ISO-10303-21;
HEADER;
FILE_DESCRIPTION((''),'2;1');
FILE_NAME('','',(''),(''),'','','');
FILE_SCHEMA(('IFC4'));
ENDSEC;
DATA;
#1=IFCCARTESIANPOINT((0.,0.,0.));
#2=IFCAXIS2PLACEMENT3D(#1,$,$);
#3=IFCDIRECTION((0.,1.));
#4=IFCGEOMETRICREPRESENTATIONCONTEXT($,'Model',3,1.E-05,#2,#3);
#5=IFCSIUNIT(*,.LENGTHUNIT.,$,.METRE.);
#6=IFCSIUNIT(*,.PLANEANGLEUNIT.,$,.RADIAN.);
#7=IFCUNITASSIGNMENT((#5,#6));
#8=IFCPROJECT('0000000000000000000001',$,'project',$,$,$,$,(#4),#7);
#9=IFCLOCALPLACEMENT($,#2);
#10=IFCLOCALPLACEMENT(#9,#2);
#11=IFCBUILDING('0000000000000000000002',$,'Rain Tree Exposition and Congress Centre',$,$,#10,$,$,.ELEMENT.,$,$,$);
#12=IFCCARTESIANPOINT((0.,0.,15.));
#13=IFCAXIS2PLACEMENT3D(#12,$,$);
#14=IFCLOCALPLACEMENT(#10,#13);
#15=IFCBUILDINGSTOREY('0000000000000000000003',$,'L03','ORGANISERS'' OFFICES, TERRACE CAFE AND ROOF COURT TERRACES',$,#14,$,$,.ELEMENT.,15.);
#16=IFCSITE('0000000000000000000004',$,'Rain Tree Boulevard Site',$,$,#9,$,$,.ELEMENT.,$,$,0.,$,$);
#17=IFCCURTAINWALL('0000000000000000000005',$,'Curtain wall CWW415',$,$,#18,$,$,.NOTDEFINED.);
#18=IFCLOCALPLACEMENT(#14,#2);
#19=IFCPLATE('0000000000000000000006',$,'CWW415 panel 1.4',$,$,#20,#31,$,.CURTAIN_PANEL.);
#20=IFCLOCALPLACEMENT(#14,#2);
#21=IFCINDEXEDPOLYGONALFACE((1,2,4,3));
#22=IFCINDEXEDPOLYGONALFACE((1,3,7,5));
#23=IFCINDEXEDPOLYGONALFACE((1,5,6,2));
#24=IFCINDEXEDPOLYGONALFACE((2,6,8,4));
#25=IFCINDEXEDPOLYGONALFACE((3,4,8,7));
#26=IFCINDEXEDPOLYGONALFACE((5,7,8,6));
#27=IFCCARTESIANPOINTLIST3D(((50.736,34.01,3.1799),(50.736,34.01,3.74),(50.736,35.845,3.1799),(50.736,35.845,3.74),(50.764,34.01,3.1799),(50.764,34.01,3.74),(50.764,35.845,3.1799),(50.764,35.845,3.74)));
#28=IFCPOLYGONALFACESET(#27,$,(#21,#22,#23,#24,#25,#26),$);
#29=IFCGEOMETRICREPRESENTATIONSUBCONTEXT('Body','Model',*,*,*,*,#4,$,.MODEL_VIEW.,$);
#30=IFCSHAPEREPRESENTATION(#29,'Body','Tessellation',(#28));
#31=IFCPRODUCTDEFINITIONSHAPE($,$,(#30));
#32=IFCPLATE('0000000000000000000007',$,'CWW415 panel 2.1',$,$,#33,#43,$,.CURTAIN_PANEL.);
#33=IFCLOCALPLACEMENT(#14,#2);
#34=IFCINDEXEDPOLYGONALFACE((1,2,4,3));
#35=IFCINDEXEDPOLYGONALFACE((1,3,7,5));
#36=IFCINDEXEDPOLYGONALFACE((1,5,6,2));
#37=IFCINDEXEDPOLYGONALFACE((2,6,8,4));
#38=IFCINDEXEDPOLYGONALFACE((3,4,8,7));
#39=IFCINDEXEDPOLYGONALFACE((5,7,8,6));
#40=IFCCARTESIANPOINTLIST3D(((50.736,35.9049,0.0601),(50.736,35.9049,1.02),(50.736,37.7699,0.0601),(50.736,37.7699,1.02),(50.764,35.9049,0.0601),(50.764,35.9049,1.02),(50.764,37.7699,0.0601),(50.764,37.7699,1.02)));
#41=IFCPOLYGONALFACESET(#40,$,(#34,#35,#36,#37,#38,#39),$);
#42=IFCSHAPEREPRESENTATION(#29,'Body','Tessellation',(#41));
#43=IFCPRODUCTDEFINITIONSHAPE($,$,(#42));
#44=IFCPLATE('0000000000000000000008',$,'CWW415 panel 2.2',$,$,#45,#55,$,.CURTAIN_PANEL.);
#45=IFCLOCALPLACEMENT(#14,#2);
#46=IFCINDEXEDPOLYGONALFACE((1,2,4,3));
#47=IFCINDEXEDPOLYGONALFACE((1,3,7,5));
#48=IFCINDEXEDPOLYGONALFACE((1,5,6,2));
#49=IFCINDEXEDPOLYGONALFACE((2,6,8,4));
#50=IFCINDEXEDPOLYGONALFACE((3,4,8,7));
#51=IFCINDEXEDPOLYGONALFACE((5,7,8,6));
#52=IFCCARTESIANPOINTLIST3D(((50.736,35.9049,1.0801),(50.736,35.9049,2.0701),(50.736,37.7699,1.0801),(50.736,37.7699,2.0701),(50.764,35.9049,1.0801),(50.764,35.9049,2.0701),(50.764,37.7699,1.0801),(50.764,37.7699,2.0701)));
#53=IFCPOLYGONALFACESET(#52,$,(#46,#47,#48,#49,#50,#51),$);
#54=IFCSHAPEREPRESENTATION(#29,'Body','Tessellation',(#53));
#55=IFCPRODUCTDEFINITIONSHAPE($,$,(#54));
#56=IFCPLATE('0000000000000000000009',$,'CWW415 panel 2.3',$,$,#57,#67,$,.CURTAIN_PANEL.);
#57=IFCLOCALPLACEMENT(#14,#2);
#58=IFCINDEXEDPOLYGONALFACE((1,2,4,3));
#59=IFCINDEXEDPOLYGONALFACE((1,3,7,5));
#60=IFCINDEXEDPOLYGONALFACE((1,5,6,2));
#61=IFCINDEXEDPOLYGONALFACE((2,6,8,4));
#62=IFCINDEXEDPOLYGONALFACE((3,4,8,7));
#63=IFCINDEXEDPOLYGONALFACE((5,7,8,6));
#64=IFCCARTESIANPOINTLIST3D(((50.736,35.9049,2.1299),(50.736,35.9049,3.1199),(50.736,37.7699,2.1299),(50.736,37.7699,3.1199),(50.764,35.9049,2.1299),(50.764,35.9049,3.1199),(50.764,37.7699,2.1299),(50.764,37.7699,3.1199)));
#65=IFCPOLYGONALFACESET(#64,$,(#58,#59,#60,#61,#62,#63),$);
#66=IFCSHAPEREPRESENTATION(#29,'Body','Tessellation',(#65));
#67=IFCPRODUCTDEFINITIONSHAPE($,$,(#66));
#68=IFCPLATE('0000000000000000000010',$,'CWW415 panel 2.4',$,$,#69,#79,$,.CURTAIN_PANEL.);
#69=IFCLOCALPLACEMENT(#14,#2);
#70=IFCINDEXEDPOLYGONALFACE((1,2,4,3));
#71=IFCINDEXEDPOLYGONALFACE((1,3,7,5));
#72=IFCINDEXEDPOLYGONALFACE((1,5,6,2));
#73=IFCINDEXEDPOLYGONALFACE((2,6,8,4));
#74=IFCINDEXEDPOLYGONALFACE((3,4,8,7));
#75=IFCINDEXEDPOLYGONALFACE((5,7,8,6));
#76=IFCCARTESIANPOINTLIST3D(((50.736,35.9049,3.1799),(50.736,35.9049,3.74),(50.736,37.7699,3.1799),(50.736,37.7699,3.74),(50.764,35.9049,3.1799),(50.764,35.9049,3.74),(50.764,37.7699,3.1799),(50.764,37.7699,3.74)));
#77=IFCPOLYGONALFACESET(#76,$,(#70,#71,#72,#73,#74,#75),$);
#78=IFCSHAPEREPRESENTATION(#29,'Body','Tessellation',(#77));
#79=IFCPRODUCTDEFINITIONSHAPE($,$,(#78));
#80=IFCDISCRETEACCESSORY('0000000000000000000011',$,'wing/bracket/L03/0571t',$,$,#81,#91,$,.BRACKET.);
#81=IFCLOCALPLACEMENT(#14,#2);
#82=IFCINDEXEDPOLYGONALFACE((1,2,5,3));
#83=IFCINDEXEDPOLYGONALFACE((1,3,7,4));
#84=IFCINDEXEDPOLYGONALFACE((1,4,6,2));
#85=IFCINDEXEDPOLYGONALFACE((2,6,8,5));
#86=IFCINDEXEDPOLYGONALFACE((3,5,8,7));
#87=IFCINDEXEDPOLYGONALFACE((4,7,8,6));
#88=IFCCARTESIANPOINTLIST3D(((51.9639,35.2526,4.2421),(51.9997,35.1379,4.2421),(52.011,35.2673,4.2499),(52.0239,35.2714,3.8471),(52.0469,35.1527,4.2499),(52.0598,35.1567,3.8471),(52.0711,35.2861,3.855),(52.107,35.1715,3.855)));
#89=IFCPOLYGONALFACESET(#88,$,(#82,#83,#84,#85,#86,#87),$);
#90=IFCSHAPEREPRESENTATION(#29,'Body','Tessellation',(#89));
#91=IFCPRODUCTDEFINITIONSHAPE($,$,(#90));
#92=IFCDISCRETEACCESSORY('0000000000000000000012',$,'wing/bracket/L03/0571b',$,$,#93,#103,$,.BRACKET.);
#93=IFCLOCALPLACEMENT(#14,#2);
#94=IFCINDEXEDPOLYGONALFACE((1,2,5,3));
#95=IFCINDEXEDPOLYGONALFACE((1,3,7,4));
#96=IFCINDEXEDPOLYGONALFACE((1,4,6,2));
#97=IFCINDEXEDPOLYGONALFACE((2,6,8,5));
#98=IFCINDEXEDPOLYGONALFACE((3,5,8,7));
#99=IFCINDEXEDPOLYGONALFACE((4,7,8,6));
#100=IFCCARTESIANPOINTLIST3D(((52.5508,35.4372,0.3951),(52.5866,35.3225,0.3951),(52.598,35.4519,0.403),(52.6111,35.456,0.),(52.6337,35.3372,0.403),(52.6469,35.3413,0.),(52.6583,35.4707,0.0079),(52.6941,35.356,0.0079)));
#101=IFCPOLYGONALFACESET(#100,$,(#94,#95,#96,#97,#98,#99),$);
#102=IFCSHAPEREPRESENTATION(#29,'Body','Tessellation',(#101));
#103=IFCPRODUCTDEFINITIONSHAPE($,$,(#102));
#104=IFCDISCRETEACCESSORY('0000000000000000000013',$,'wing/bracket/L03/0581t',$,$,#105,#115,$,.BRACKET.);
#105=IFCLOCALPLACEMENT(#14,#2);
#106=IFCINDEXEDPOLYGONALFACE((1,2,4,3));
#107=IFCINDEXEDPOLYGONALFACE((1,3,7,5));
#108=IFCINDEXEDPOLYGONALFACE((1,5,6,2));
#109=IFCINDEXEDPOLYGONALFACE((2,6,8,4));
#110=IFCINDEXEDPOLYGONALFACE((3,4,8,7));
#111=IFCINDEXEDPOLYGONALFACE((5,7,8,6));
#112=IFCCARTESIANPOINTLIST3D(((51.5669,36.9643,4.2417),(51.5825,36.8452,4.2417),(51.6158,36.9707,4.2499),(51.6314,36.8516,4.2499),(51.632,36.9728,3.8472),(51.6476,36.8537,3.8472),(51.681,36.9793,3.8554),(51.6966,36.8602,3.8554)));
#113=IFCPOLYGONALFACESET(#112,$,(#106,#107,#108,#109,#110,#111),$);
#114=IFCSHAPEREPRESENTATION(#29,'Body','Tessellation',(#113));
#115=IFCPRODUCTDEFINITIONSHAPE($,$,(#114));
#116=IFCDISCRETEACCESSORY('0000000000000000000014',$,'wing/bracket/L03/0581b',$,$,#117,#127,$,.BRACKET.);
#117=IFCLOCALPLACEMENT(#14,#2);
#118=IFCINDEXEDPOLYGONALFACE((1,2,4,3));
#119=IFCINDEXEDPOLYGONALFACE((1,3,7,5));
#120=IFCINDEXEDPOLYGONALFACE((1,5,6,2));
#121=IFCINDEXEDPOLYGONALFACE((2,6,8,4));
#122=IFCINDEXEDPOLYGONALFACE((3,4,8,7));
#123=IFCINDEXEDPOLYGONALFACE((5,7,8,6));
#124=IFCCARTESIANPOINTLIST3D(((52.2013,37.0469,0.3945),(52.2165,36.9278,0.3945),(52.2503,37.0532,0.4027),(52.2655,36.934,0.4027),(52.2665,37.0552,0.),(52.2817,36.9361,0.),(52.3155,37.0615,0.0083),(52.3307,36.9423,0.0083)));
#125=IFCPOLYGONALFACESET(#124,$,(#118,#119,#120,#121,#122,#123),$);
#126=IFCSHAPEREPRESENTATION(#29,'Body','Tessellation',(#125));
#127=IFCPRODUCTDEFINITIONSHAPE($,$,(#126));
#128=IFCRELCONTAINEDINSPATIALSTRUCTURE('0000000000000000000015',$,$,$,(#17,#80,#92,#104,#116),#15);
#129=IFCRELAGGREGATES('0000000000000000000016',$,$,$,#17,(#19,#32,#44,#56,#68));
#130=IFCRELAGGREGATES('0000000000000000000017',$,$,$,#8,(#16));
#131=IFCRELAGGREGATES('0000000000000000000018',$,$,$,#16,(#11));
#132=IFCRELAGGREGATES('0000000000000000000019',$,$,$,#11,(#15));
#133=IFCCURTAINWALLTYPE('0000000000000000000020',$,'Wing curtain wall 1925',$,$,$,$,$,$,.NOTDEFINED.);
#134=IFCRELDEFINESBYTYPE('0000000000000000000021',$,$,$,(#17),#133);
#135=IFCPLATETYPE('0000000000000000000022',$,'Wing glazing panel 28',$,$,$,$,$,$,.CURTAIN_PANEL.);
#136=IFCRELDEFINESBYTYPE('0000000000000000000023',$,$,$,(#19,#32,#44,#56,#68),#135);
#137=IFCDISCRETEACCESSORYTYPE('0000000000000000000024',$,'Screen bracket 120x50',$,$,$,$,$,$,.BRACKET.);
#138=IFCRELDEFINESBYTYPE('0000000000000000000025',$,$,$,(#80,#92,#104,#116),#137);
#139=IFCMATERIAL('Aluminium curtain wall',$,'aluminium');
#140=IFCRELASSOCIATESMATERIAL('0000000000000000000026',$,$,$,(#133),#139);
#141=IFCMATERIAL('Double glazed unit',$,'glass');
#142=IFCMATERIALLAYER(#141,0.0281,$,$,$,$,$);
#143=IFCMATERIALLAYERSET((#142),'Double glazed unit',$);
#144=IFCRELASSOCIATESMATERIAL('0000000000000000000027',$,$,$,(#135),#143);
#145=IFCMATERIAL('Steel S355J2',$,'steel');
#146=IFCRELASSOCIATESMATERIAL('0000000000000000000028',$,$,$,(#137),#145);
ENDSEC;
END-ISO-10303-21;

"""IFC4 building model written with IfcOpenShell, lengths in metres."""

from ifc_helpers import new_model, si_unit, direction, frame, origin, origin_2d, place, context, subcontext, project, spatial, rectangle, extrude, material, layer, layer_set, material_profile, profile_set, type_object, element, aggregate, save


model = new_model("IFC4")

# Units and contexts
model_context = context("Model", 3, precision=1e-05, world=origin(), true_north=direction((0.0, 1.0)))
body_context = subcontext(model_context, "Body", "Model", "MODEL_VIEW")
ifc_project = project(units=[si_unit("LENGTHUNIT", "METRE"), si_unit("PLANEANGLEUNIT", "RADIAN")], contexts=[model_context])

# Site, building, storey
site_placement = place(None, origin())
site = spatial("IfcSite", under=ifc_project, at=site_placement, Name="Rain Tree Boulevard Site", CompositionType="ELEMENT", RefElevation=0.0)
building_placement = place(site_placement, origin())
building = spatial("IfcBuilding", under=site, at=building_placement, Name="Rain Tree Exposition and Congress Centre", CompositionType="ELEMENT")
storey_placement = place(building_placement, frame((0.0, 0.0, 15.0)))
storey = spatial("IfcBuildingStorey", under=building, at=storey_placement, Name="L03", Description="ORGANISERS' OFFICES, TERRACE CAFE AND ROOF COURT TERRACES", CompositionType="ELEMENT", Elevation=15.0)

# Curtain wall, plates
ifc_material_1 = material(Name="Aluminium curtain wall", Category="aluminium")
curtain_wall_type = type_object("IfcCurtainWallType", Name="Wing curtain wall 1925", PredefinedType="NOTDEFINED", material=ifc_material_1)
curtain_wall_placement = place(storey_placement, origin())
curtain_wall = element("IfcCurtainWall", 1, at=curtain_wall_placement, inside=storey, type_object=curtain_wall_type, Name="Curtain wall CWW415", PredefinedType="NOTDEFINED")
ifc_material_2 = material(Name="Double glazed unit", Category="glass")
ifc_layer_1 = layer(ifc_material_2, 0.0281)
ifc_layer_set_1 = layer_set([ifc_layer_1], Name="Double glazed unit")
plate_type = type_object("IfcPlateType", Name="Wing glazing panel 28", PredefinedType="CURTAIN_PANEL", material=ifc_layer_set_1)
plate_1_placement = place(storey_placement, frame((50.75, 34.9275, 3.1799), z_axis=(0.0, 0.0, 1.0), x_axis=(0.0, 1.0, 0.0)))
plate_1 = element("IfcPlate", 2, at=plate_1_placement, type_object=plate_type, Name="CWW415 panel 1.4", PredefinedType="CURTAIN_PANEL", context=body_context, shape_type="SweptSolid", body=[
    extrude(rectangle(XDim=1.835, YDim=0.0281, at=origin_2d()), origin(), (0.0, 0.0, 1.0), 0.5601),
])
plate_2_placement = place(storey_placement, frame((50.75, 36.8374, 0.0601), z_axis=(0.0, 0.0, 1.0), x_axis=(0.0, 1.0, 0.0)))
plate_2 = element("IfcPlate", 3, at=plate_2_placement, type_object=plate_type, Name="CWW415 panel 2.1", PredefinedType="CURTAIN_PANEL", context=body_context, shape_type="SweptSolid", body=[
    extrude(rectangle(XDim=1.865, YDim=0.0281, at=origin_2d()), origin(), (0.0, 0.0, 1.0), 0.96),
])
plate_3_placement = place(storey_placement, frame((50.75, 36.8374, 1.0801), z_axis=(0.0, 0.0, 1.0), x_axis=(0.0, 1.0, 0.0)))
plate_3 = element("IfcPlate", 4, at=plate_3_placement, type_object=plate_type, Name="CWW415 panel 2.2", PredefinedType="CURTAIN_PANEL", context=body_context, shape_type="SweptSolid", body=[
    extrude(rectangle(XDim=1.865, YDim=0.0281, at=origin_2d()), origin(), (0.0, 0.0, 1.0), 0.99),
])
plate_4_placement = place(storey_placement, frame((50.75, 36.8374, 2.1299), z_axis=(0.0, 0.0, 1.0), x_axis=(0.0, 1.0, 0.0)))
plate_4 = element("IfcPlate", 5, at=plate_4_placement, type_object=plate_type, Name="CWW415 panel 2.3", PredefinedType="CURTAIN_PANEL", context=body_context, shape_type="SweptSolid", body=[
    extrude(rectangle(XDim=1.865, YDim=0.0281, at=origin_2d()), origin(), (0.0, 0.0, 1.0), 0.99),
])
plate_5_placement = place(storey_placement, frame((50.75, 36.8374, 3.1799), z_axis=(0.0, 0.0, 1.0), x_axis=(0.0, 1.0, 0.0)))
plate_5 = element("IfcPlate", 6, at=plate_5_placement, type_object=plate_type, Name="CWW415 panel 2.4", PredefinedType="CURTAIN_PANEL", context=body_context, shape_type="SweptSolid", body=[
    extrude(rectangle(XDim=1.865, YDim=0.0281, at=origin_2d()), origin(), (0.0, 0.0, 1.0), 0.5601),
])
aggregate(curtain_wall, [plate_1, plate_2, plate_3, plate_4, plate_5])

# Discrete accessories
ifc_material_3 = material(Name="Steel S355J2", Category="steel")
ifc_material_profile_1 = material_profile(ifc_material_3, rectangle(XDim=0.1201, YDim=0.05, at=origin_2d()), Name="Flat bar 120x50")
ifc_profile_set_1 = profile_set([ifc_material_profile_1], Name="Steel S355J2")
discrete_accessory_type = type_object("IfcDiscreteAccessoryType", Name="Screen bracket 120x50", PredefinedType="BRACKET", material=ifc_profile_set_1)
discrete_accessory_1_placement = place(storey_placement, frame((52.0654, 35.2214, 3.8511), z_axis=(-0.150146, -0.046997, 0.987546), x_axis=(0.298717, -0.954342, 0.0)))
element("IfcDiscreteAccessory", 7, at=discrete_accessory_1_placement, inside=storey, type_object=discrete_accessory_type, Name="wing/bracket/L03/0571t", PredefinedType="BRACKET", context=body_context, shape_type="SweptSolid", body=[
    extrude(rectangle(XDim=0.1201, YDim=0.05, at=origin_2d()), origin(), (0.0, 0.0, 1.0), 0.3999),
])
discrete_accessory_2_placement = place(storey_placement, frame((52.6526, 35.406, 0.0039), z_axis=(-0.150743, -0.046993, 0.987456), x_axis=(0.297615, -0.954686, 0.0)))
element("IfcDiscreteAccessory", 8, at=discrete_accessory_2_placement, inside=storey, type_object=discrete_accessory_type, Name="wing/bracket/L03/0571b", PredefinedType="BRACKET", context=body_context, shape_type="SweptSolid", body=[
    extrude(rectangle(XDim=0.1201, YDim=0.05, at=origin_2d()), origin(), (0.0, 0.0, 1.0), 0.4001),
])
for number, where, z_axis, x_axis, name in (
    (9, (51.6643, 36.9165, 3.8513), (-0.162976, -0.021364, 0.986399), (0.129974, -0.991517, 0.0), "wing/bracket/L03/0581t"),
    (10, (52.2986, 36.9988, 0.0042), (-0.162978, -0.020754, 0.986411), (0.126321, -0.991989, 0.0), "wing/bracket/L03/0581b"),
):
    element("IfcDiscreteAccessory", number, at=place(storey_placement, frame(where, z_axis=z_axis, x_axis=x_axis)), inside=storey, type_object=discrete_accessory_type, Name=name, PredefinedType="BRACKET", context=body_context, shape_type="SweptSolid", body=[
        extrude(rectangle(XDim=0.1201, YDim=0.05, at=origin_2d()), origin(), (0.0, 0.0, 1.0), 0.3999),
    ])

save(model, "model.ifc")
